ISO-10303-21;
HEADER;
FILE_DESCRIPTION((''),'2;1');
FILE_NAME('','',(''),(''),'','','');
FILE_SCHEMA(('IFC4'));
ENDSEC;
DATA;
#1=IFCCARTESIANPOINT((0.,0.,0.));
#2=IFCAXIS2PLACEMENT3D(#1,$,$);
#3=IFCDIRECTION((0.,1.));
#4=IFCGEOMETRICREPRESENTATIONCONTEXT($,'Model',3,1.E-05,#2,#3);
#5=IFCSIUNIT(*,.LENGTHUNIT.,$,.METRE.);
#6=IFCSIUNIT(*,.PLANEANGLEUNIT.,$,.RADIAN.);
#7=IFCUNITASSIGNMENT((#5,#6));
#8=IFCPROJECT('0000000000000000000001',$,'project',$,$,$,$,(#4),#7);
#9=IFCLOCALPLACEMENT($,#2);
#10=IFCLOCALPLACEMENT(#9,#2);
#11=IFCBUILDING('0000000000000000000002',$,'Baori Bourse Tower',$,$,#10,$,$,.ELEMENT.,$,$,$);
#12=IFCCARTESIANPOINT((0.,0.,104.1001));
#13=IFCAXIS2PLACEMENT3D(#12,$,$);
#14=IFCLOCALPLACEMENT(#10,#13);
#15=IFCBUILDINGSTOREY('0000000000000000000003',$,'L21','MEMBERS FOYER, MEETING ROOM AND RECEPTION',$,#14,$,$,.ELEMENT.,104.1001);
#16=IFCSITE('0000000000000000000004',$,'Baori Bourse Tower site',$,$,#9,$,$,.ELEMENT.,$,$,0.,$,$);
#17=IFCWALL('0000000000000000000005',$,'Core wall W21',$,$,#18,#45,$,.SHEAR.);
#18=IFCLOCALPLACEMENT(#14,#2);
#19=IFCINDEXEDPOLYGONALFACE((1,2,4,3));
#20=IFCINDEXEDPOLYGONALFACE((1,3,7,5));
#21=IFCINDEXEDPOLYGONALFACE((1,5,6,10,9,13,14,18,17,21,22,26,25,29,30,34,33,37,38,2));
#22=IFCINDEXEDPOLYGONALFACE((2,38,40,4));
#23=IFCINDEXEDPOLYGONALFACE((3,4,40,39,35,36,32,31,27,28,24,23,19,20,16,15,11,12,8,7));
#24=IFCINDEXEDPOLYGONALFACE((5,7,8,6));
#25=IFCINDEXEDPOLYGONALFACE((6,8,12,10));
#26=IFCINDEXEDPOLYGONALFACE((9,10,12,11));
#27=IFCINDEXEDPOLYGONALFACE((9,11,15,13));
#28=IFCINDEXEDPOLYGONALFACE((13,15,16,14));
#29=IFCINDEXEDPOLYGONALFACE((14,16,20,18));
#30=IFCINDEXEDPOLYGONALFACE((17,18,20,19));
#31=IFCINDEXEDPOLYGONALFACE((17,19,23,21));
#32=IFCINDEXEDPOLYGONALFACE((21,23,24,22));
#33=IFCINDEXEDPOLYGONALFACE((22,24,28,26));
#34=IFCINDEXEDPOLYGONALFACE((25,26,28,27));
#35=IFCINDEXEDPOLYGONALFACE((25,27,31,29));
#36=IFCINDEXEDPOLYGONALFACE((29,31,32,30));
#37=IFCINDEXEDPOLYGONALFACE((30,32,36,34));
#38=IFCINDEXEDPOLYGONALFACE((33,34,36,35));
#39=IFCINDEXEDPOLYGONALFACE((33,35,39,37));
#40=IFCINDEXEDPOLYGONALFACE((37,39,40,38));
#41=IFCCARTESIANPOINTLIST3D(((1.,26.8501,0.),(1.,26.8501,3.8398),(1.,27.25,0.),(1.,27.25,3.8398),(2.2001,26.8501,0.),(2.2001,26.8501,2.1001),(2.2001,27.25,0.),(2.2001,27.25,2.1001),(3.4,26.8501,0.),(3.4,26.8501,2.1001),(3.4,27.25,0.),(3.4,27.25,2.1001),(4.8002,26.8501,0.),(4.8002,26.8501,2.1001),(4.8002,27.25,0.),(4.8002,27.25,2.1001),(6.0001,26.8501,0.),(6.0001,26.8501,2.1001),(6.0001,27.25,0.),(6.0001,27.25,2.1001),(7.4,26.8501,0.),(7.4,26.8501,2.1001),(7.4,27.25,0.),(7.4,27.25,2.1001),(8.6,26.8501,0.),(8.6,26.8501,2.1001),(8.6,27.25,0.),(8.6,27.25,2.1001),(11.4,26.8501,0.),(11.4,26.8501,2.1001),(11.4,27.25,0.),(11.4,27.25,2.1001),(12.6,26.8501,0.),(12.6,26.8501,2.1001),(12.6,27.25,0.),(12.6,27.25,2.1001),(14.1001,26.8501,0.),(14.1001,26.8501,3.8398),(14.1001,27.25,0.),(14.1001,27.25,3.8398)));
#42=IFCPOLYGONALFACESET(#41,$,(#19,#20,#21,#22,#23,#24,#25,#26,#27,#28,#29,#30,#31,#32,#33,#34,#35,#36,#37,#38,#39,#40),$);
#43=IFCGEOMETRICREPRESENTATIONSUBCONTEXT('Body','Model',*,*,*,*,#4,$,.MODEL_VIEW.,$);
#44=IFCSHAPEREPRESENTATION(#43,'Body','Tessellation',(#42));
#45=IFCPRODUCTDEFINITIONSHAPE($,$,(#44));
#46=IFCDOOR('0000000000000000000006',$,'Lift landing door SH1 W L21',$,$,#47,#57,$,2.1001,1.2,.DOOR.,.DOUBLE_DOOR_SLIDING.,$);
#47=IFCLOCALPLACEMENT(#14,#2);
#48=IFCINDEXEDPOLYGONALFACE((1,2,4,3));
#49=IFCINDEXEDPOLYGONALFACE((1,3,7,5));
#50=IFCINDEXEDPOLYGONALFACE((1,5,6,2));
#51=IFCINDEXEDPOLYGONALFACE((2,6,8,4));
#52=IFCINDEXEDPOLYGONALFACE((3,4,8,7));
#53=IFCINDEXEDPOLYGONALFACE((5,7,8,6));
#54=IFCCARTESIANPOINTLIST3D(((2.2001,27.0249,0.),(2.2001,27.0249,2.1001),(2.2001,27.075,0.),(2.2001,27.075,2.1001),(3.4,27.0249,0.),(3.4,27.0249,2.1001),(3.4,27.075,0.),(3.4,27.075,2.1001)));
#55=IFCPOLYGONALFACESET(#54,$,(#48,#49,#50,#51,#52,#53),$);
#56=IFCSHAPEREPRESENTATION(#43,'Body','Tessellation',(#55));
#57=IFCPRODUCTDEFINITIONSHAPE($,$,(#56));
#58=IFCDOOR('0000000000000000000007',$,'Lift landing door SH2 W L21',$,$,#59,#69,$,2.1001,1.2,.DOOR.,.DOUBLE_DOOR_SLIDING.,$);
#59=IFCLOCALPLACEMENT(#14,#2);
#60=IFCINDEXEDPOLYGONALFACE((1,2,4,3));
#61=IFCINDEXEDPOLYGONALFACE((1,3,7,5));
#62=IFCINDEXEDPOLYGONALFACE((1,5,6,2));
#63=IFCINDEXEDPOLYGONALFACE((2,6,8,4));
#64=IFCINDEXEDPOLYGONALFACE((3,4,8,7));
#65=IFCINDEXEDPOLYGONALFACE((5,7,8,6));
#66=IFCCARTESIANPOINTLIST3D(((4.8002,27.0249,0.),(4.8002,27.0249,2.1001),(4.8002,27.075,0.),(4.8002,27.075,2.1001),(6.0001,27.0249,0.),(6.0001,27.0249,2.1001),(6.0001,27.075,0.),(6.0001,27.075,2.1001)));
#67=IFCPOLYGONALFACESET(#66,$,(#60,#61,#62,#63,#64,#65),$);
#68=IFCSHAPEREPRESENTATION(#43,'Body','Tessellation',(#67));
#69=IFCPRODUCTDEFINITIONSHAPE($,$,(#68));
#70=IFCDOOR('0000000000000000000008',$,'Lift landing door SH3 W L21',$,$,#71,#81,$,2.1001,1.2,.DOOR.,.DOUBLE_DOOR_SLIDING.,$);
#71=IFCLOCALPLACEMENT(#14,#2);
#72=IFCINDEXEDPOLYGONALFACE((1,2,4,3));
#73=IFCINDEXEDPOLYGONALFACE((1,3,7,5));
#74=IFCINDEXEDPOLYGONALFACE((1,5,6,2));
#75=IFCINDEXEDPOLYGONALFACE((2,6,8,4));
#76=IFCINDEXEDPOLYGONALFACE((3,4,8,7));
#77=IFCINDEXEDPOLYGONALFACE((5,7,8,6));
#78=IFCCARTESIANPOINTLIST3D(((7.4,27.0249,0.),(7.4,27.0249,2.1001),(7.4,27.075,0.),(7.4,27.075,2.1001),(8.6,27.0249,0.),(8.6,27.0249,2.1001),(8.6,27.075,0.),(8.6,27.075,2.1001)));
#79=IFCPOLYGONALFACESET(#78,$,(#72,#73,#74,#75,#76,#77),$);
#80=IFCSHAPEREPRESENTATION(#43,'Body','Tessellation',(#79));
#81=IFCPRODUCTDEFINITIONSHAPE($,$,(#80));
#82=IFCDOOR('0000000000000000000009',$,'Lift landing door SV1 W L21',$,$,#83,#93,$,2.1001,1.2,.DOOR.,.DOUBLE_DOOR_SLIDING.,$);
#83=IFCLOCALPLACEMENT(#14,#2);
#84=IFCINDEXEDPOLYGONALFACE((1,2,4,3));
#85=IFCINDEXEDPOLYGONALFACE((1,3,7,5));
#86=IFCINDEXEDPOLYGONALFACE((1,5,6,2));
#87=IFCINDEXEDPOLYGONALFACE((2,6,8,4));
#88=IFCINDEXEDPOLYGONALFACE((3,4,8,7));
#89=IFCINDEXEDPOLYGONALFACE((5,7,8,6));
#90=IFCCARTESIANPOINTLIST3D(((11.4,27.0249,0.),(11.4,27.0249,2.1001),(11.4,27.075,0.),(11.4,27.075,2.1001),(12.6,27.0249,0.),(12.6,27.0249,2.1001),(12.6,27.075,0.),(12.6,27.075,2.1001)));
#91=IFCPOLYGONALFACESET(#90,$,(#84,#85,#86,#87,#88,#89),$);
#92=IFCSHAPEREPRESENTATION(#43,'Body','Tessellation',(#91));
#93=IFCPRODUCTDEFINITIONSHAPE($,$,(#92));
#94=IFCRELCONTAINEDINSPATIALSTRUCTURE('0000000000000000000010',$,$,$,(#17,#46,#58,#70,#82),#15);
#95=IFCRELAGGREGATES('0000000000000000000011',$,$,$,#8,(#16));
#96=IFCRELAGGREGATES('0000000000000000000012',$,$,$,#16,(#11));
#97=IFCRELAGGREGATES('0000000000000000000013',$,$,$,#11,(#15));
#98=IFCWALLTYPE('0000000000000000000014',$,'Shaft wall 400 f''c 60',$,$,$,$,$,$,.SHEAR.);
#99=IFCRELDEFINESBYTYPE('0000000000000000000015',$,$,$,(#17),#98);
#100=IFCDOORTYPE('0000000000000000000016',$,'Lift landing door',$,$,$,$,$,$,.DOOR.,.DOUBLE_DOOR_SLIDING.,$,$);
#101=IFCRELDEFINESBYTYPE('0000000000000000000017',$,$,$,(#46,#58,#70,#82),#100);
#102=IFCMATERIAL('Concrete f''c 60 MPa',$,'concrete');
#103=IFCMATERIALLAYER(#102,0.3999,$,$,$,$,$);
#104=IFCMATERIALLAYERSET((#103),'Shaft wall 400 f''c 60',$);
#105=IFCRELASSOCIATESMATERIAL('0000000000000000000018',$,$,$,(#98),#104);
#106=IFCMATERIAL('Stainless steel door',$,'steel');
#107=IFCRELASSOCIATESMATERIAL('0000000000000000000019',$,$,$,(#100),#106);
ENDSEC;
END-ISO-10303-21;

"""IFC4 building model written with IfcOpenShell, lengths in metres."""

from ifc_helpers import new_model, si_unit, direction, frame, frame_2d, origin, place, context, subcontext, project, spatial, rectangle, extrude, material, layer, layer_set, type_object, element, fill, save


model = new_model("IFC4")

# Units and contexts
model_context = context("Model", 3, precision=1e-05, world=origin(), true_north=direction((0.0, 1.0)))
body_context = subcontext(model_context, "Body", "Model", "MODEL_VIEW")
ifc_project = project(units=[si_unit("LENGTHUNIT", "METRE"), si_unit("PLANEANGLEUNIT", "RADIAN")], contexts=[model_context])

# Site, building, storey
site_placement = place(None, origin())
site = spatial("IfcSite", under=ifc_project, at=site_placement, Name="Baori Bourse Tower site", CompositionType="ELEMENT", RefElevation=0.0)
building_placement = place(site_placement, origin())
building = spatial("IfcBuilding", under=site, at=building_placement, Name="Baori Bourse Tower", CompositionType="ELEMENT")
storey_placement = place(building_placement, frame((0.0, 0.0, 104.1001)))
storey = spatial("IfcBuildingStorey", under=building, at=storey_placement, Name="L21", Description="MEMBERS FOYER, MEETING ROOM AND RECEPTION", CompositionType="ELEMENT", Elevation=104.1001)

# Wall, openings, doors
ifc_material_1 = material(Name="Concrete f'c 60 MPa", Category="concrete")
ifc_layer_1 = layer(ifc_material_1, 0.3999)
ifc_layer_set_1 = layer_set([ifc_layer_1], Name="Shaft wall 400 f'c 60")
wall_type_1 = type_object("IfcWallType", Name="Shaft wall 400 f'c 60", PredefinedType="SHEAR", material=ifc_layer_set_1)
wall_1_placement = place(storey_placement, frame((1.0, 27.05, 0.0), z_axis=(0.0, 0.0, 1.0), x_axis=(1.0, 0.0, 0.0)))
wall_1 = element("IfcWall", 1, at=wall_1_placement, inside=storey, type_object=wall_type_1, Name="Core wall W21", PredefinedType="SHEAR", context=body_context, shape_type="SweptSolid", body=[
    extrude(rectangle(XDim=13.1001, YDim=0.3999, at=frame_2d((6.55, 0.0))), origin(), (0.0, 0.0, 1.0), 3.8398),
])
opening_1_placement = place(wall_1_placement, frame((1.2, 0.0, 0.0)))
opening_1 = element("IfcOpeningElement", 2, at=opening_1_placement, cuts=wall_1, PredefinedType="OPENING", context=body_context, shape_type="SweptSolid", body=[
    extrude(rectangle(XDim=1.2, YDim=2.1001, at=frame_2d((0.6001, 1.05))), frame((0.0, 0.21, 0.0), z_axis=(0.0, -1.0, 0.0), x_axis=(1.0, 0.0, 0.0)), (0.0, 0.0, 1.0), 0.4199),
])
opening_2_placement = place(wall_1_placement, frame((3.8, 0.0, 0.0)))
opening_2 = element("IfcOpeningElement", 3, at=opening_2_placement, cuts=wall_1, PredefinedType="OPENING", context=body_context, shape_type="SweptSolid", body=[
    extrude(rectangle(XDim=1.2, YDim=2.1001, at=frame_2d((0.6001, 1.05))), frame((0.0, 0.21, 0.0), z_axis=(0.0, -1.0, 0.0), x_axis=(1.0, 0.0, 0.0)), (0.0, 0.0, 1.0), 0.4199),
])
opening_3_placement = place(wall_1_placement, frame((6.3999, 0.0, 0.0)))
opening_3 = element("IfcOpeningElement", 4, at=opening_3_placement, cuts=wall_1, PredefinedType="OPENING", context=body_context, shape_type="SweptSolid", body=[
    extrude(rectangle(XDim=1.2, YDim=2.1001, at=frame_2d((0.6001, 1.05))), frame((0.0, 0.21, 0.0), z_axis=(0.0, -1.0, 0.0), x_axis=(1.0, 0.0, 0.0)), (0.0, 0.0, 1.0), 0.4199),
])
opening_4_placement = place(wall_1_placement, frame((10.3999, 0.0, 0.0)))
opening_4 = element("IfcOpeningElement", 5, at=opening_4_placement, cuts=wall_1, PredefinedType="OPENING", context=body_context, shape_type="SweptSolid", body=[
    extrude(rectangle(XDim=1.2, YDim=2.1001, at=frame_2d((0.6001, 1.05))), frame((0.0, 0.21, 0.0), z_axis=(0.0, -1.0, 0.0), x_axis=(1.0, 0.0, 0.0)), (0.0, 0.0, 1.0), 0.4199),
])
ifc_material_2 = material(Name="Stainless steel door", Category="steel")
door_type_1 = type_object("IfcDoorType", Name="Lift landing door", OperationType="DOUBLE_DOOR_SLIDING", PredefinedType="DOOR", material=ifc_material_2)
door_1_placement = place(opening_1_placement, origin())
door_1 = element("IfcDoor", 6, at=door_1_placement, inside=storey, type_object=door_type_1, Name="Lift landing door SH1 W L21", OperationType="DOUBLE_DOOR_SLIDING", OverallHeight=2.1001, OverallWidth=1.2, PredefinedType="DOOR", context=body_context, shape_type="SweptSolid", body=[
    extrude(rectangle(XDim=1.2, YDim=2.1001, at=frame_2d((0.6001, 1.05))), frame((0.0, 0.0249, 0.0), z_axis=(0.0, -1.0, 0.0), x_axis=(1.0, 0.0, 0.0)), (0.0, 0.0, 1.0), 0.05),
])
fill(opening_1, door_1)
door_2_placement = place(opening_2_placement, origin())
door_2 = element("IfcDoor", 7, at=door_2_placement, inside=storey, type_object=door_type_1, Name="Lift landing door SH2 W L21", OperationType="DOUBLE_DOOR_SLIDING", OverallHeight=2.1001, OverallWidth=1.2, PredefinedType="DOOR", context=body_context, shape_type="SweptSolid", body=[
    extrude(rectangle(XDim=1.2, YDim=2.1001, at=frame_2d((0.6001, 1.05))), frame((0.0, 0.0249, 0.0), z_axis=(0.0, -1.0, 0.0), x_axis=(1.0, 0.0, 0.0)), (0.0, 0.0, 1.0), 0.05),
])
fill(opening_2, door_2)
door_3_placement = place(opening_3_placement, origin())
door_3 = element("IfcDoor", 8, at=door_3_placement, inside=storey, type_object=door_type_1, Name="Lift landing door SH3 W L21", OperationType="DOUBLE_DOOR_SLIDING", OverallHeight=2.1001, OverallWidth=1.2, PredefinedType="DOOR", context=body_context, shape_type="SweptSolid", body=[
    extrude(rectangle(XDim=1.2, YDim=2.1001, at=frame_2d((0.6001, 1.05))), frame((0.0, 0.0249, 0.0), z_axis=(0.0, -1.0, 0.0), x_axis=(1.0, 0.0, 0.0)), (0.0, 0.0, 1.0), 0.05),
])
fill(opening_3, door_3)
door_4_placement = place(opening_4_placement, origin())
door_4 = element("IfcDoor", 9, at=door_4_placement, inside=storey, type_object=door_type_1, Name="Lift landing door SV1 W L21", OperationType="DOUBLE_DOOR_SLIDING", OverallHeight=2.1001, OverallWidth=1.2, PredefinedType="DOOR", context=body_context, shape_type="SweptSolid", body=[
    extrude(rectangle(XDim=1.2, YDim=2.1001, at=frame_2d((0.6001, 1.05))), frame((0.0, 0.0249, 0.0), z_axis=(0.0, -1.0, 0.0), x_axis=(1.0, 0.0, 0.0)), (0.0, 0.0, 1.0), 0.05),
])
fill(opening_4, door_4)

save(model, "model.ifc")
